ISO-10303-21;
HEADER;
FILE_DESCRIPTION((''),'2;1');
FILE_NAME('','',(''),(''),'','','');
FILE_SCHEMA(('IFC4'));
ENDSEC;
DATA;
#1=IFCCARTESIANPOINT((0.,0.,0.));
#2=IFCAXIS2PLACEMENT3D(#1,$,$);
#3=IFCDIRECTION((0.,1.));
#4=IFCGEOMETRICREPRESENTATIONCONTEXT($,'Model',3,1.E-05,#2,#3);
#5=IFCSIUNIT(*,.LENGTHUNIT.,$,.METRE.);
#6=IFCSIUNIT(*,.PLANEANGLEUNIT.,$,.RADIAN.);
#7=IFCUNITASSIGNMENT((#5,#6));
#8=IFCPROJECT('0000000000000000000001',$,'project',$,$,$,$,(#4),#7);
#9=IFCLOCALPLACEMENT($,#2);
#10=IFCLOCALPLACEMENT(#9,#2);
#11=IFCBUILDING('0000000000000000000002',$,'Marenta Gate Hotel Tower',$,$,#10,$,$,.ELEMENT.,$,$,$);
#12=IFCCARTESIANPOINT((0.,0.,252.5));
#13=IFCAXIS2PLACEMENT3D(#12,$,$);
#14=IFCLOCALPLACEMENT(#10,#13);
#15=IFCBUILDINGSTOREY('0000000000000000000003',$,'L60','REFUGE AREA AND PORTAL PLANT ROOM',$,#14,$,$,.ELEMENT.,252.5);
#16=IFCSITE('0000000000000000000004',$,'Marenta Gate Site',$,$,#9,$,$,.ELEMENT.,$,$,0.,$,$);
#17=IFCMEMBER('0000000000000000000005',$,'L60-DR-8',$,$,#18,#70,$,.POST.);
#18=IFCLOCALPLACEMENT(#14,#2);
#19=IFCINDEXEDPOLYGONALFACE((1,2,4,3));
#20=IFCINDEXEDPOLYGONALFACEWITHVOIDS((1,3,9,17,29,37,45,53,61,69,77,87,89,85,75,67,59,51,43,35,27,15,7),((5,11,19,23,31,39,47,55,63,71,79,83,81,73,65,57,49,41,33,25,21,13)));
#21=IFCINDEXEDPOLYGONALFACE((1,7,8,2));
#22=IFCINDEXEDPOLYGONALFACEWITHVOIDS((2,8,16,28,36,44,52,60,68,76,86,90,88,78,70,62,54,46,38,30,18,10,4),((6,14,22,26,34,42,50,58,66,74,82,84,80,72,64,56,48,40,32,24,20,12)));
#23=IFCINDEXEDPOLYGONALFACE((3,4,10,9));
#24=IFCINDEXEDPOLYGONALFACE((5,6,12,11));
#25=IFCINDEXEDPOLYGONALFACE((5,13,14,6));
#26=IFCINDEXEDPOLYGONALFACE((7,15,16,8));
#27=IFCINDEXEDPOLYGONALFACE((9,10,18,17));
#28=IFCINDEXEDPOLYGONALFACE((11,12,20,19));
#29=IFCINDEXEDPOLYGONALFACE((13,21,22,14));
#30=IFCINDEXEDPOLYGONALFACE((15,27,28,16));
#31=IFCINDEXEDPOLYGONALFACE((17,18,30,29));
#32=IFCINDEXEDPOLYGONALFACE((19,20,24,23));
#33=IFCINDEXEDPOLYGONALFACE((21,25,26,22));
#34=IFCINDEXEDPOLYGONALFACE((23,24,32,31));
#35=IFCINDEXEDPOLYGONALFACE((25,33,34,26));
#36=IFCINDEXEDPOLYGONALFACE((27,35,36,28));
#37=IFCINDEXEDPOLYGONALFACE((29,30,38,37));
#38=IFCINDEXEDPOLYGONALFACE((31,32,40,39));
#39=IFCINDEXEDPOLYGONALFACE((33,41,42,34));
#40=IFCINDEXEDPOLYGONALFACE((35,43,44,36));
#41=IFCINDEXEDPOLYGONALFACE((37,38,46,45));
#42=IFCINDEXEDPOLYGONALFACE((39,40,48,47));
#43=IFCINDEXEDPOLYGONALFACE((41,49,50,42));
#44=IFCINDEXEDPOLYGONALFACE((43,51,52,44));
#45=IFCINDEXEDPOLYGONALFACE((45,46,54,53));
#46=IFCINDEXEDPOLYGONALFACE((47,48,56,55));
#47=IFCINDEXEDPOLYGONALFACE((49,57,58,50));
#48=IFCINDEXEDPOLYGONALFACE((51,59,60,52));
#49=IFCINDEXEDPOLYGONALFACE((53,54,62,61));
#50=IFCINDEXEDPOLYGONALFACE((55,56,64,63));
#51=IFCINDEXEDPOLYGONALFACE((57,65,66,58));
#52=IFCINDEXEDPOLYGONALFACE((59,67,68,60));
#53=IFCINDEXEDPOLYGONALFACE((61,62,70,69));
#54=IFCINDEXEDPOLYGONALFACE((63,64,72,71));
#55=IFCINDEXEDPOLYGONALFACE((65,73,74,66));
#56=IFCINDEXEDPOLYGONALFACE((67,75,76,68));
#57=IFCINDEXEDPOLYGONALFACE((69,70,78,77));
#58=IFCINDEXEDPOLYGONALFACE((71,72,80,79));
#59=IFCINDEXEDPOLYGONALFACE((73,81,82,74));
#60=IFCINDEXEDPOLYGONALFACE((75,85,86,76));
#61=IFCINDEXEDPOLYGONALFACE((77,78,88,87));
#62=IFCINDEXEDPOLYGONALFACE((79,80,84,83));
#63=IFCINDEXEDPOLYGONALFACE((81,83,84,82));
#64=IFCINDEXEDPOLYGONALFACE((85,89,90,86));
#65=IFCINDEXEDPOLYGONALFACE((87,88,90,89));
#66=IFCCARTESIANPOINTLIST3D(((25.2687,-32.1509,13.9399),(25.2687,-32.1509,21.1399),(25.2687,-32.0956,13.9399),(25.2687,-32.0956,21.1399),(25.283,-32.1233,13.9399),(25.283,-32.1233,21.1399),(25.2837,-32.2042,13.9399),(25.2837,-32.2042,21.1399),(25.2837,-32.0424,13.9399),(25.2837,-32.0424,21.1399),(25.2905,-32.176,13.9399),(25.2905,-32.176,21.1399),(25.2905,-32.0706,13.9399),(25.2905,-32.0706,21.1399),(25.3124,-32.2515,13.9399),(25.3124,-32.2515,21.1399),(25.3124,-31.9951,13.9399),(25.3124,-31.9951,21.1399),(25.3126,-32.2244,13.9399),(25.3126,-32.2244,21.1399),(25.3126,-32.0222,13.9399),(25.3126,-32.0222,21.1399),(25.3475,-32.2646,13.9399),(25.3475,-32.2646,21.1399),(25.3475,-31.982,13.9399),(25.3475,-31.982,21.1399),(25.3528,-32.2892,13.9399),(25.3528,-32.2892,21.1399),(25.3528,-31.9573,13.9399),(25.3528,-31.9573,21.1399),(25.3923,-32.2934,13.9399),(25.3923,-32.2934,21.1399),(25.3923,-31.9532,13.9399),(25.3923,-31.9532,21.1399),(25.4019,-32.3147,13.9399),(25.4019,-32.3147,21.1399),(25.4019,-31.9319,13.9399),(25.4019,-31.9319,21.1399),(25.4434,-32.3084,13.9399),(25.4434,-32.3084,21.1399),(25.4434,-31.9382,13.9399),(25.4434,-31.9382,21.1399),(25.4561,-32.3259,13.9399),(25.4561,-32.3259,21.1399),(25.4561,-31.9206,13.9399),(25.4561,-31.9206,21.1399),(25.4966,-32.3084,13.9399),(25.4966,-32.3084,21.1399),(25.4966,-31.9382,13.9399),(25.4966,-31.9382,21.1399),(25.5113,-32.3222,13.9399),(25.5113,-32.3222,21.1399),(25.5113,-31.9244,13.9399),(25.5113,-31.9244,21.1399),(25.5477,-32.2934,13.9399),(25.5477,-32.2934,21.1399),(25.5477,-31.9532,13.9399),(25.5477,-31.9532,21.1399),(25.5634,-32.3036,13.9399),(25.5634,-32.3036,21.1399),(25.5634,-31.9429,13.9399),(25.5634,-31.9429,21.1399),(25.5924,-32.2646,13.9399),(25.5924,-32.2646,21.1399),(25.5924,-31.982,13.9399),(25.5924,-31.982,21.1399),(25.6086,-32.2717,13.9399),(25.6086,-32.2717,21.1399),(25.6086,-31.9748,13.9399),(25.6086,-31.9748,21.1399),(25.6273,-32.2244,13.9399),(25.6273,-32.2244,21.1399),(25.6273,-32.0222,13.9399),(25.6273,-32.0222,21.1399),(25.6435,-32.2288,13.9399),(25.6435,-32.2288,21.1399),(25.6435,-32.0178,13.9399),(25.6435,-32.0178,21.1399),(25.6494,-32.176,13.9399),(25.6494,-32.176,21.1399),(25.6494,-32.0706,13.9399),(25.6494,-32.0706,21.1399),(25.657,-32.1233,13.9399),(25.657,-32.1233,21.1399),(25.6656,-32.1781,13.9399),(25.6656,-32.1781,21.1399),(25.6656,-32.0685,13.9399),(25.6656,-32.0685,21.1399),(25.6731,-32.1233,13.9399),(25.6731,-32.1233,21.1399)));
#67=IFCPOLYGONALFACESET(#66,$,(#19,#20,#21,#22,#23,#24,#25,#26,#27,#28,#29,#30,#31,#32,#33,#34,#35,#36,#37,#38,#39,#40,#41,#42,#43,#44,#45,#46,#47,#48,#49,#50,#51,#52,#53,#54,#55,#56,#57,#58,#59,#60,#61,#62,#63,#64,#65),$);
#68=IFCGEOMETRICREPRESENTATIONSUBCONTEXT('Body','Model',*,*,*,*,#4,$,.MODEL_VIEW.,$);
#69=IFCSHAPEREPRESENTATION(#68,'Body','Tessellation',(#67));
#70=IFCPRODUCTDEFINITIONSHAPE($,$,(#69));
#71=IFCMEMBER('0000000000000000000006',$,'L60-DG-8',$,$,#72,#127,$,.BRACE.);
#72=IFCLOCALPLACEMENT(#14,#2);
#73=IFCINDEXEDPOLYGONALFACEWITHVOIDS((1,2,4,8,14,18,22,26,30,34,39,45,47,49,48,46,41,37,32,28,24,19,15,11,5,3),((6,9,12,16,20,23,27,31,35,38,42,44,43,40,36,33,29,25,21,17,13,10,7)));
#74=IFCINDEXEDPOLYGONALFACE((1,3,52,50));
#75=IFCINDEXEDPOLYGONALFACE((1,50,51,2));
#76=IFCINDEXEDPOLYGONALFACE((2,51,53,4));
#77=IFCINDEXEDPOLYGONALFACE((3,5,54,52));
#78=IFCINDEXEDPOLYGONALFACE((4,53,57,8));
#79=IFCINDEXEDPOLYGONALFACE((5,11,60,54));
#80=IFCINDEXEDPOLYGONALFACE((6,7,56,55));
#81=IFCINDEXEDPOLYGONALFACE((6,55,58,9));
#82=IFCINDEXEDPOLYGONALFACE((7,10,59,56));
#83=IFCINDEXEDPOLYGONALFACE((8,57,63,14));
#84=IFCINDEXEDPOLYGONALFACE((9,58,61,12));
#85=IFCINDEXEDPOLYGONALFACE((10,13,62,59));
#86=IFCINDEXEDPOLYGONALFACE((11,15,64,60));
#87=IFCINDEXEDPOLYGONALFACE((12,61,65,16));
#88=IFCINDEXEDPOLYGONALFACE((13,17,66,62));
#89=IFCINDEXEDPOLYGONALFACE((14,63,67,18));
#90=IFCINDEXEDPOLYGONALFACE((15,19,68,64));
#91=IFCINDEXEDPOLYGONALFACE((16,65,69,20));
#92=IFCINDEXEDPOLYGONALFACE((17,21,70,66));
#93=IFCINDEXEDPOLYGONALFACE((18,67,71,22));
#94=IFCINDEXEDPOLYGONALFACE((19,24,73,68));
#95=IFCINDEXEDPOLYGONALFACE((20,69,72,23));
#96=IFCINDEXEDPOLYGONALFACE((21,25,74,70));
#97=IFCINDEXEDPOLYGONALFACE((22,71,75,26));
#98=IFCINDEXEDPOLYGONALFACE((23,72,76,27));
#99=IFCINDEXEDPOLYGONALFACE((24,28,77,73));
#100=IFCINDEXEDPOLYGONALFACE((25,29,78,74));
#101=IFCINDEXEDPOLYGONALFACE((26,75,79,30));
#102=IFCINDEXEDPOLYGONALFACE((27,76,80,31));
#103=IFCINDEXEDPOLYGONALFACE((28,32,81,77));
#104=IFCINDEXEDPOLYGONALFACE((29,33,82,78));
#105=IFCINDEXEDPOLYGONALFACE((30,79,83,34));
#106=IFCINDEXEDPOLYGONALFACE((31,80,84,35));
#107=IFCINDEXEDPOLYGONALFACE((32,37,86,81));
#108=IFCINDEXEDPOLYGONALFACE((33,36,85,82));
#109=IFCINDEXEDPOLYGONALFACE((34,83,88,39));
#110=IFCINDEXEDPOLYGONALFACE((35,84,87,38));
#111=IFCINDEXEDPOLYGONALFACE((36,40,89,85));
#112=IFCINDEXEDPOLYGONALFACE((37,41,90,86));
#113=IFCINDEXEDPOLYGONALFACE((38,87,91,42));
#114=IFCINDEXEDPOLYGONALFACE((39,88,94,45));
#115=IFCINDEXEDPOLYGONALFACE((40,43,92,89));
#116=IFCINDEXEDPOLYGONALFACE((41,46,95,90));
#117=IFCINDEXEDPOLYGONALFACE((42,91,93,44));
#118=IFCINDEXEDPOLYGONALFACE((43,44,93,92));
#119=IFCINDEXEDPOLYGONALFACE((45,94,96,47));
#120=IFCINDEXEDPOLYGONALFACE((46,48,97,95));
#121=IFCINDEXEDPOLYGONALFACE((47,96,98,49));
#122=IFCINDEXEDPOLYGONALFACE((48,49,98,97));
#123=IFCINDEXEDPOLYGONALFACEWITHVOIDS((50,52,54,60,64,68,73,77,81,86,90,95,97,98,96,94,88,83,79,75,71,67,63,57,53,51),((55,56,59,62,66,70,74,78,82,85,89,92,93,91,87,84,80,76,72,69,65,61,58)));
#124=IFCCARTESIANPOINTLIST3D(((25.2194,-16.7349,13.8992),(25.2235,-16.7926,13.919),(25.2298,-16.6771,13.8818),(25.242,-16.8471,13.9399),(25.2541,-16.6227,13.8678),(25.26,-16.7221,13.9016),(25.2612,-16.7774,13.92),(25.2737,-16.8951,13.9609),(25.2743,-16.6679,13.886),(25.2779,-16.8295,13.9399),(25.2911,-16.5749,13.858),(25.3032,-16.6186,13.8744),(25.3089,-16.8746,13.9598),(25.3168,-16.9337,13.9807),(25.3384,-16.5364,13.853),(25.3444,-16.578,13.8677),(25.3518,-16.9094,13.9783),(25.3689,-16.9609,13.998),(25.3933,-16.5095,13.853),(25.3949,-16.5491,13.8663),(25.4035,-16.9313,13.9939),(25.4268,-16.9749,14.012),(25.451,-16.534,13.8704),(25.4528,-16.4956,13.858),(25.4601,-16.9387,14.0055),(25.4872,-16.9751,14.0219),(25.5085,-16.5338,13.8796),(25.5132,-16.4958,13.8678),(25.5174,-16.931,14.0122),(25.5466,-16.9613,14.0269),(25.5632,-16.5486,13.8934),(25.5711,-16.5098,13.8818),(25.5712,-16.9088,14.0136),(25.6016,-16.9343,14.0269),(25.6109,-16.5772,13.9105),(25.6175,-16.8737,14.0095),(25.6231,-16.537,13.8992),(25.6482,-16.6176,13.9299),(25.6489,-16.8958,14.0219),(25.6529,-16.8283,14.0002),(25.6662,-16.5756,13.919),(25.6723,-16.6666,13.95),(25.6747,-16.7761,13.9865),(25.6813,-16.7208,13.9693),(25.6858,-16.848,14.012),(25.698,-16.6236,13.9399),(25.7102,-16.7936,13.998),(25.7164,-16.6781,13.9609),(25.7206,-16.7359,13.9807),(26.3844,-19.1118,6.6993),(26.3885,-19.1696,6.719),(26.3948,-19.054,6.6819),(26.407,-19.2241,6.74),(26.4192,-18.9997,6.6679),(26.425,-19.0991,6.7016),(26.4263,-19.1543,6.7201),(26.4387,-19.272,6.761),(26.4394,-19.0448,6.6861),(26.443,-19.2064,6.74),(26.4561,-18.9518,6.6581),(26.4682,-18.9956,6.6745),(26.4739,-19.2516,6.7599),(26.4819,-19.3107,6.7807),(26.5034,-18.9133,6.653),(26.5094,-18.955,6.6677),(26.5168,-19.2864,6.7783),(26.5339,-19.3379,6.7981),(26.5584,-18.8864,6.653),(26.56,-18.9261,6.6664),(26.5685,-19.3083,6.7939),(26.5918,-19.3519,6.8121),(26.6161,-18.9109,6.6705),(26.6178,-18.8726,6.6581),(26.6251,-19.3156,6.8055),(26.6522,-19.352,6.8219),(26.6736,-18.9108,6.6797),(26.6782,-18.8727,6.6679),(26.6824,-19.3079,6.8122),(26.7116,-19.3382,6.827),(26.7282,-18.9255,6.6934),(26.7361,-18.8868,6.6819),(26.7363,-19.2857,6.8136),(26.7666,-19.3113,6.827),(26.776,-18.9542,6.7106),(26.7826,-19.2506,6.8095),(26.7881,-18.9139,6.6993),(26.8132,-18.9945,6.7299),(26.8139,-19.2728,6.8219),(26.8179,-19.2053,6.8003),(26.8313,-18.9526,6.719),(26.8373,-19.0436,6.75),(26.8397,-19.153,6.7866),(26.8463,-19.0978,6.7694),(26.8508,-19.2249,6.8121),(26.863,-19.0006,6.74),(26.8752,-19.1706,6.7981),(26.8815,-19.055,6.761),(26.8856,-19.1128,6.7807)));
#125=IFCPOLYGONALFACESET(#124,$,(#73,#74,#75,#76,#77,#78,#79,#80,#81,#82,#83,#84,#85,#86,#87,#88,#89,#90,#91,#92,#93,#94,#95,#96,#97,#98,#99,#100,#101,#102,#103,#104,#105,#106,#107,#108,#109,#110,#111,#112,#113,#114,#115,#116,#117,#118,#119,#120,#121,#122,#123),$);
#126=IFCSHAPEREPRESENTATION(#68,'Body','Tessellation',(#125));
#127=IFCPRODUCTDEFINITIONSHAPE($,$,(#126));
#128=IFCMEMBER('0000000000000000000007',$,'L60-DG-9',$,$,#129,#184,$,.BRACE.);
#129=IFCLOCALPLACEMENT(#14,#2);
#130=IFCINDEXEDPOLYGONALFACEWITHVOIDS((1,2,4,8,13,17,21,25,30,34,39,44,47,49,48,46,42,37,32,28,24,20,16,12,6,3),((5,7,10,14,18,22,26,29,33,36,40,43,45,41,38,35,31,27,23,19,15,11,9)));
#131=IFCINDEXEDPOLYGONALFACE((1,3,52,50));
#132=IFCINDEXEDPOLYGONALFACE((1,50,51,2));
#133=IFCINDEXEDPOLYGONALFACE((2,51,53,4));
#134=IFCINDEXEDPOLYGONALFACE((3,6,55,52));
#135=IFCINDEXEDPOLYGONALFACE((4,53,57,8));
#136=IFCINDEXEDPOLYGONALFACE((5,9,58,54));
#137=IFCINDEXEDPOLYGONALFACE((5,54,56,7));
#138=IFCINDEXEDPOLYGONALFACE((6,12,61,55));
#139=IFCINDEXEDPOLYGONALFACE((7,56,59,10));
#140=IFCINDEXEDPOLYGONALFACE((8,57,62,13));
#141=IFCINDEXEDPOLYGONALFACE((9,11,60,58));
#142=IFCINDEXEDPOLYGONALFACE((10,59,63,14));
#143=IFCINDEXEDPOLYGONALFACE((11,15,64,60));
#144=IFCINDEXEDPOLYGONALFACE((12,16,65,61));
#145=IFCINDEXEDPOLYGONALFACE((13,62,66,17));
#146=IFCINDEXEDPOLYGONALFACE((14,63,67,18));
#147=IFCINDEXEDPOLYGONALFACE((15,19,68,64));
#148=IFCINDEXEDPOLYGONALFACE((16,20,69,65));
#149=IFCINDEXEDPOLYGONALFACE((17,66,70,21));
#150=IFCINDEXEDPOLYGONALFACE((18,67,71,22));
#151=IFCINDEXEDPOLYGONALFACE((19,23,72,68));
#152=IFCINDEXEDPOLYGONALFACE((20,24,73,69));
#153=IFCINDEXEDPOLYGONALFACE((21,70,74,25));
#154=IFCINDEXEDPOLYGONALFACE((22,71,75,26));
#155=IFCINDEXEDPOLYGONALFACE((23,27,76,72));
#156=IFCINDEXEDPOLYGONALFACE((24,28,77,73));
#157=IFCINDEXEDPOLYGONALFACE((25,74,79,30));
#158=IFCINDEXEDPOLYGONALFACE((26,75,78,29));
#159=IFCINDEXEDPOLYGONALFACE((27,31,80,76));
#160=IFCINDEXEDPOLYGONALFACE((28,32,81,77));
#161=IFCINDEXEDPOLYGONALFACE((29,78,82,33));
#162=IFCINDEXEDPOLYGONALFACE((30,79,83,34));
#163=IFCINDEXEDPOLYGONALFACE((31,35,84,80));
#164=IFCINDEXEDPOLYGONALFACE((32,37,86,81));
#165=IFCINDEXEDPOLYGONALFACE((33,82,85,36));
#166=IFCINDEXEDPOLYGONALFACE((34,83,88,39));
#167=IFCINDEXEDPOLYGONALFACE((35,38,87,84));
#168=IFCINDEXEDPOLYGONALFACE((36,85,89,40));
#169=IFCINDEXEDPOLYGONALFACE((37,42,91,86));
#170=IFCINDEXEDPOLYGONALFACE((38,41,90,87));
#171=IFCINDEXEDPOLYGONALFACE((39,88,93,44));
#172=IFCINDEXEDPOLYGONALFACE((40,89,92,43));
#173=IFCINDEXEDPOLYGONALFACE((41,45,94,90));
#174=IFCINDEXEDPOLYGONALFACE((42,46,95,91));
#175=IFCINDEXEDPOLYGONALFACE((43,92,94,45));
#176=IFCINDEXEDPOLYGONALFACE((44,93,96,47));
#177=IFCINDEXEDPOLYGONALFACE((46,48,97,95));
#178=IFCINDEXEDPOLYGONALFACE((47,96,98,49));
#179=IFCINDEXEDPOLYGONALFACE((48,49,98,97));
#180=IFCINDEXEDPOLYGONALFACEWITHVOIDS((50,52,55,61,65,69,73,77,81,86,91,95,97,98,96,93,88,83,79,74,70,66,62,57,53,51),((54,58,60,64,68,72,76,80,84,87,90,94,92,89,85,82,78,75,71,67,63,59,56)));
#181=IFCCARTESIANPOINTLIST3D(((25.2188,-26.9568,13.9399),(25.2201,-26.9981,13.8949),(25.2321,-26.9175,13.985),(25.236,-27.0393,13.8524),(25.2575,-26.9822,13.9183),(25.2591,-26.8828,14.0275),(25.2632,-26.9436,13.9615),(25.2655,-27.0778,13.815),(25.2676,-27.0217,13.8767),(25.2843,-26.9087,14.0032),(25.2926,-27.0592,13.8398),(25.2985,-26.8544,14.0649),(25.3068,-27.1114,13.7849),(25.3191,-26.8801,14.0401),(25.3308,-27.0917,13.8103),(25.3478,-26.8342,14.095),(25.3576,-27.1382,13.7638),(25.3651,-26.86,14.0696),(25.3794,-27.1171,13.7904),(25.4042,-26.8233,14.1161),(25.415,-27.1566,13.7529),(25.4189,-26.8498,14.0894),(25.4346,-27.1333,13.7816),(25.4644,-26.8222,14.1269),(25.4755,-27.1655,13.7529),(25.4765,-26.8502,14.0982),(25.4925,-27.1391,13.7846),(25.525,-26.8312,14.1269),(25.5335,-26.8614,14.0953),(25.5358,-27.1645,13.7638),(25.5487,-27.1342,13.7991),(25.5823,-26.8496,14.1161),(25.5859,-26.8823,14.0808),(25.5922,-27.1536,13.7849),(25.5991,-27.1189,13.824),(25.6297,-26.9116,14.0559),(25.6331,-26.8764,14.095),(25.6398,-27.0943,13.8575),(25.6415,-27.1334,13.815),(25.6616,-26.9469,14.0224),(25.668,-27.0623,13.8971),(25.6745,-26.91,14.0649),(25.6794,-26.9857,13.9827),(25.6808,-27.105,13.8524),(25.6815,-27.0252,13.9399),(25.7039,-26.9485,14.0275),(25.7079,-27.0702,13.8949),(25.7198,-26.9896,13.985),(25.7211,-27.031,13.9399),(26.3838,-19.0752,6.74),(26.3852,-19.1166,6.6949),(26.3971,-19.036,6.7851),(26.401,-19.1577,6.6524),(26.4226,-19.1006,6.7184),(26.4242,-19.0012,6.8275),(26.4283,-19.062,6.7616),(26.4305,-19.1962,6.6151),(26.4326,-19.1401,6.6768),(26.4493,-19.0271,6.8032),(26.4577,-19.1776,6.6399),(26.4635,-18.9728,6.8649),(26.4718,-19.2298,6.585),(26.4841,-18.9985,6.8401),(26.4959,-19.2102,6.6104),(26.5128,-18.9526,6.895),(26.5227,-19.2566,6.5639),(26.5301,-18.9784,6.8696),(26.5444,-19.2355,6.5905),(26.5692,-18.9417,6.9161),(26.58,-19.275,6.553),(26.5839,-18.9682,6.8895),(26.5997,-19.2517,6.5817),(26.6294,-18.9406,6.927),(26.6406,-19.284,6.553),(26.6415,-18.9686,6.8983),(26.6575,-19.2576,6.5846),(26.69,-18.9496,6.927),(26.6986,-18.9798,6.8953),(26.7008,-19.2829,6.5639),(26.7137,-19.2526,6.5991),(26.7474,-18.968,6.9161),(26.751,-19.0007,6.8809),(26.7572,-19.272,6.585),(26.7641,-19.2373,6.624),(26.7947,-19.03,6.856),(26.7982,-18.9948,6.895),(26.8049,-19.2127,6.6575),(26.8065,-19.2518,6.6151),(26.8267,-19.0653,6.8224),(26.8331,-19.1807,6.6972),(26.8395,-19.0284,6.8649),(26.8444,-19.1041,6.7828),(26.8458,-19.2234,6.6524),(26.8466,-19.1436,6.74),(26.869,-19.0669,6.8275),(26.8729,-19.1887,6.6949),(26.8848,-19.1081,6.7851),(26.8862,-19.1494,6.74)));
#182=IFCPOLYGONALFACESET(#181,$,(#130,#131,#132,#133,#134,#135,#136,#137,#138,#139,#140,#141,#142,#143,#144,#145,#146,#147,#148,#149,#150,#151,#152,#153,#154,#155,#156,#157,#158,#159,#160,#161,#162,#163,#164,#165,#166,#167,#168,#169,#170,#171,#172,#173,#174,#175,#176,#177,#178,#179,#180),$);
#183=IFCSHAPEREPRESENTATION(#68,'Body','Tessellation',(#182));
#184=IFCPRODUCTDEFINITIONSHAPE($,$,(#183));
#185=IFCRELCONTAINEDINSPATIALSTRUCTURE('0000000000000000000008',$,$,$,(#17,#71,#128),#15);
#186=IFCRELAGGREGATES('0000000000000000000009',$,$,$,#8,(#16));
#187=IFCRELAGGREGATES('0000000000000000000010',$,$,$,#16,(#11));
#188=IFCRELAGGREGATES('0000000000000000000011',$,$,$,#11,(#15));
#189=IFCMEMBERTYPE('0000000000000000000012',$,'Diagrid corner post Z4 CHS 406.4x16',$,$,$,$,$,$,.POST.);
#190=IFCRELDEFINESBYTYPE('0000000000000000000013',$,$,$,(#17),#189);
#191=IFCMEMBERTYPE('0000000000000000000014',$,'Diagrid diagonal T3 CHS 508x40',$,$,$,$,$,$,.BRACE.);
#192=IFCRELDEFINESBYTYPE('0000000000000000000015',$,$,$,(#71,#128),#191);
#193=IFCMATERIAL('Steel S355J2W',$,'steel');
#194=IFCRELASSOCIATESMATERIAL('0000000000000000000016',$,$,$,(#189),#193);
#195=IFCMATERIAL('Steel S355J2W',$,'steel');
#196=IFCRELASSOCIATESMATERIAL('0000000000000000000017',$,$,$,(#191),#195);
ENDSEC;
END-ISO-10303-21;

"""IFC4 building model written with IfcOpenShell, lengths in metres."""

from ifc_helpers import new_model, si_unit, direction, frame, origin, origin_2d, place, context, subcontext, project, spatial, hollow_circle, extrude, material, material_profile, profile_set, type_object, element, save


model = new_model("IFC4")

# Units and contexts
model_context = context("Model", 3, precision=1e-05, world=origin(), true_north=direction((0.0, 1.0)))
body_context = subcontext(model_context, "Body", "Model", "MODEL_VIEW")
ifc_project = project(units=[si_unit("LENGTHUNIT", "METRE"), si_unit("PLANEANGLEUNIT", "RADIAN")], contexts=[model_context])

# Site, building, storey
site_placement = place(None, origin())
site = spatial("IfcSite", under=ifc_project, at=site_placement, Name="Marenta Gate Site", CompositionType="ELEMENT", RefElevation=0.0)
building_placement = place(site_placement, origin())
building = spatial("IfcBuilding", under=site, at=building_placement, Name="Marenta Gate Hotel Tower", CompositionType="ELEMENT")
storey_placement = place(building_placement, frame((0.0, 0.0, 252.5)))
storey = spatial("IfcBuildingStorey", under=building, at=storey_placement, Name="L60", Description="REFUGE AREA AND PORTAL PLANT ROOM", CompositionType="ELEMENT", Elevation=252.5)

# Members
ifc_material_1 = material(Name="Steel S355J2W", Category="steel")
ifc_material_profile_1 = material_profile(ifc_material_1, hollow_circle(Radius=0.2031, WallThickness=0.0161, at=origin_2d()), Name="CHS 406.4x16")
ifc_profile_set_1 = profile_set([ifc_material_profile_1], Name="Steel S355J2W")
member_type_1 = type_object("IfcMemberType", Name="Diagrid corner post Z4 CHS 406.4x16", PredefinedType="POST", material=ifc_profile_set_1)
member_1_placement = place(storey_placement, frame((25.47, -32.1233, 13.9399), z_axis=(0.0, 0.0, 1.0), x_axis=(1.0, 0.0, 0.0)))
element("IfcMember", 1, at=member_1_placement, inside=storey, type_object=member_type_1, Name="L60-DR-8", PredefinedType="POST", context=body_context, shape_type="SweptSolid", body=[
    extrude(hollow_circle(Radius=0.2031, WallThickness=0.0161, at=origin_2d()), origin(), (0.0, 0.0, 1.0), 7.2),
])
ifc_material_2 = material(Name="Steel S355J2W", Category="steel")
ifc_material_profile_2 = material_profile(ifc_material_2, hollow_circle(Radius=0.2539, WallThickness=0.04, at=origin_2d()), Name="CHS 508x40")
ifc_profile_set_2 = profile_set([ifc_material_profile_2], Name="Steel S355J2W")
member_type_2 = type_object("IfcMemberType", Name="Diagrid diagonal T3 CHS 508x40", PredefinedType="BRACE", material=ifc_profile_set_2)
member_2_placement = place(storey_placement, frame((26.635, -19.1123, 6.74), z_axis=(-0.151873, 0.309856, 0.938575), x_axis=(-0.897941, -0.440116, 0.0)))
element("IfcMember", 2, at=member_2_placement, inside=storey, type_object=member_type_2, Name="L60-DG-8", PredefinedType="BRACE", context=body_context, shape_type="SweptSolid", body=[
    extrude(hollow_circle(Radius=0.2539, WallThickness=0.04, at=origin_2d()), origin(), (0.0, 0.0, 1.0), 7.6711),
])
member_3_placement = place(storey_placement, frame((26.635, -19.1123, 6.74), z_axis=(-0.108491, -0.733954, 0.670478), x_axis=(0.989251, -0.146229, 0.0)))
element("IfcMember", 3, at=member_3_placement, inside=storey, type_object=member_type_2, Name="L60-DG-9", PredefinedType="BRACE", context=body_context, shape_type="SweptSolid", body=[
    extrude(hollow_circle(Radius=0.2539, WallThickness=0.04, at=origin_2d()), origin(), (0.0, 0.0, 1.0), 10.7385),
])

save(model, "model.ifc")
